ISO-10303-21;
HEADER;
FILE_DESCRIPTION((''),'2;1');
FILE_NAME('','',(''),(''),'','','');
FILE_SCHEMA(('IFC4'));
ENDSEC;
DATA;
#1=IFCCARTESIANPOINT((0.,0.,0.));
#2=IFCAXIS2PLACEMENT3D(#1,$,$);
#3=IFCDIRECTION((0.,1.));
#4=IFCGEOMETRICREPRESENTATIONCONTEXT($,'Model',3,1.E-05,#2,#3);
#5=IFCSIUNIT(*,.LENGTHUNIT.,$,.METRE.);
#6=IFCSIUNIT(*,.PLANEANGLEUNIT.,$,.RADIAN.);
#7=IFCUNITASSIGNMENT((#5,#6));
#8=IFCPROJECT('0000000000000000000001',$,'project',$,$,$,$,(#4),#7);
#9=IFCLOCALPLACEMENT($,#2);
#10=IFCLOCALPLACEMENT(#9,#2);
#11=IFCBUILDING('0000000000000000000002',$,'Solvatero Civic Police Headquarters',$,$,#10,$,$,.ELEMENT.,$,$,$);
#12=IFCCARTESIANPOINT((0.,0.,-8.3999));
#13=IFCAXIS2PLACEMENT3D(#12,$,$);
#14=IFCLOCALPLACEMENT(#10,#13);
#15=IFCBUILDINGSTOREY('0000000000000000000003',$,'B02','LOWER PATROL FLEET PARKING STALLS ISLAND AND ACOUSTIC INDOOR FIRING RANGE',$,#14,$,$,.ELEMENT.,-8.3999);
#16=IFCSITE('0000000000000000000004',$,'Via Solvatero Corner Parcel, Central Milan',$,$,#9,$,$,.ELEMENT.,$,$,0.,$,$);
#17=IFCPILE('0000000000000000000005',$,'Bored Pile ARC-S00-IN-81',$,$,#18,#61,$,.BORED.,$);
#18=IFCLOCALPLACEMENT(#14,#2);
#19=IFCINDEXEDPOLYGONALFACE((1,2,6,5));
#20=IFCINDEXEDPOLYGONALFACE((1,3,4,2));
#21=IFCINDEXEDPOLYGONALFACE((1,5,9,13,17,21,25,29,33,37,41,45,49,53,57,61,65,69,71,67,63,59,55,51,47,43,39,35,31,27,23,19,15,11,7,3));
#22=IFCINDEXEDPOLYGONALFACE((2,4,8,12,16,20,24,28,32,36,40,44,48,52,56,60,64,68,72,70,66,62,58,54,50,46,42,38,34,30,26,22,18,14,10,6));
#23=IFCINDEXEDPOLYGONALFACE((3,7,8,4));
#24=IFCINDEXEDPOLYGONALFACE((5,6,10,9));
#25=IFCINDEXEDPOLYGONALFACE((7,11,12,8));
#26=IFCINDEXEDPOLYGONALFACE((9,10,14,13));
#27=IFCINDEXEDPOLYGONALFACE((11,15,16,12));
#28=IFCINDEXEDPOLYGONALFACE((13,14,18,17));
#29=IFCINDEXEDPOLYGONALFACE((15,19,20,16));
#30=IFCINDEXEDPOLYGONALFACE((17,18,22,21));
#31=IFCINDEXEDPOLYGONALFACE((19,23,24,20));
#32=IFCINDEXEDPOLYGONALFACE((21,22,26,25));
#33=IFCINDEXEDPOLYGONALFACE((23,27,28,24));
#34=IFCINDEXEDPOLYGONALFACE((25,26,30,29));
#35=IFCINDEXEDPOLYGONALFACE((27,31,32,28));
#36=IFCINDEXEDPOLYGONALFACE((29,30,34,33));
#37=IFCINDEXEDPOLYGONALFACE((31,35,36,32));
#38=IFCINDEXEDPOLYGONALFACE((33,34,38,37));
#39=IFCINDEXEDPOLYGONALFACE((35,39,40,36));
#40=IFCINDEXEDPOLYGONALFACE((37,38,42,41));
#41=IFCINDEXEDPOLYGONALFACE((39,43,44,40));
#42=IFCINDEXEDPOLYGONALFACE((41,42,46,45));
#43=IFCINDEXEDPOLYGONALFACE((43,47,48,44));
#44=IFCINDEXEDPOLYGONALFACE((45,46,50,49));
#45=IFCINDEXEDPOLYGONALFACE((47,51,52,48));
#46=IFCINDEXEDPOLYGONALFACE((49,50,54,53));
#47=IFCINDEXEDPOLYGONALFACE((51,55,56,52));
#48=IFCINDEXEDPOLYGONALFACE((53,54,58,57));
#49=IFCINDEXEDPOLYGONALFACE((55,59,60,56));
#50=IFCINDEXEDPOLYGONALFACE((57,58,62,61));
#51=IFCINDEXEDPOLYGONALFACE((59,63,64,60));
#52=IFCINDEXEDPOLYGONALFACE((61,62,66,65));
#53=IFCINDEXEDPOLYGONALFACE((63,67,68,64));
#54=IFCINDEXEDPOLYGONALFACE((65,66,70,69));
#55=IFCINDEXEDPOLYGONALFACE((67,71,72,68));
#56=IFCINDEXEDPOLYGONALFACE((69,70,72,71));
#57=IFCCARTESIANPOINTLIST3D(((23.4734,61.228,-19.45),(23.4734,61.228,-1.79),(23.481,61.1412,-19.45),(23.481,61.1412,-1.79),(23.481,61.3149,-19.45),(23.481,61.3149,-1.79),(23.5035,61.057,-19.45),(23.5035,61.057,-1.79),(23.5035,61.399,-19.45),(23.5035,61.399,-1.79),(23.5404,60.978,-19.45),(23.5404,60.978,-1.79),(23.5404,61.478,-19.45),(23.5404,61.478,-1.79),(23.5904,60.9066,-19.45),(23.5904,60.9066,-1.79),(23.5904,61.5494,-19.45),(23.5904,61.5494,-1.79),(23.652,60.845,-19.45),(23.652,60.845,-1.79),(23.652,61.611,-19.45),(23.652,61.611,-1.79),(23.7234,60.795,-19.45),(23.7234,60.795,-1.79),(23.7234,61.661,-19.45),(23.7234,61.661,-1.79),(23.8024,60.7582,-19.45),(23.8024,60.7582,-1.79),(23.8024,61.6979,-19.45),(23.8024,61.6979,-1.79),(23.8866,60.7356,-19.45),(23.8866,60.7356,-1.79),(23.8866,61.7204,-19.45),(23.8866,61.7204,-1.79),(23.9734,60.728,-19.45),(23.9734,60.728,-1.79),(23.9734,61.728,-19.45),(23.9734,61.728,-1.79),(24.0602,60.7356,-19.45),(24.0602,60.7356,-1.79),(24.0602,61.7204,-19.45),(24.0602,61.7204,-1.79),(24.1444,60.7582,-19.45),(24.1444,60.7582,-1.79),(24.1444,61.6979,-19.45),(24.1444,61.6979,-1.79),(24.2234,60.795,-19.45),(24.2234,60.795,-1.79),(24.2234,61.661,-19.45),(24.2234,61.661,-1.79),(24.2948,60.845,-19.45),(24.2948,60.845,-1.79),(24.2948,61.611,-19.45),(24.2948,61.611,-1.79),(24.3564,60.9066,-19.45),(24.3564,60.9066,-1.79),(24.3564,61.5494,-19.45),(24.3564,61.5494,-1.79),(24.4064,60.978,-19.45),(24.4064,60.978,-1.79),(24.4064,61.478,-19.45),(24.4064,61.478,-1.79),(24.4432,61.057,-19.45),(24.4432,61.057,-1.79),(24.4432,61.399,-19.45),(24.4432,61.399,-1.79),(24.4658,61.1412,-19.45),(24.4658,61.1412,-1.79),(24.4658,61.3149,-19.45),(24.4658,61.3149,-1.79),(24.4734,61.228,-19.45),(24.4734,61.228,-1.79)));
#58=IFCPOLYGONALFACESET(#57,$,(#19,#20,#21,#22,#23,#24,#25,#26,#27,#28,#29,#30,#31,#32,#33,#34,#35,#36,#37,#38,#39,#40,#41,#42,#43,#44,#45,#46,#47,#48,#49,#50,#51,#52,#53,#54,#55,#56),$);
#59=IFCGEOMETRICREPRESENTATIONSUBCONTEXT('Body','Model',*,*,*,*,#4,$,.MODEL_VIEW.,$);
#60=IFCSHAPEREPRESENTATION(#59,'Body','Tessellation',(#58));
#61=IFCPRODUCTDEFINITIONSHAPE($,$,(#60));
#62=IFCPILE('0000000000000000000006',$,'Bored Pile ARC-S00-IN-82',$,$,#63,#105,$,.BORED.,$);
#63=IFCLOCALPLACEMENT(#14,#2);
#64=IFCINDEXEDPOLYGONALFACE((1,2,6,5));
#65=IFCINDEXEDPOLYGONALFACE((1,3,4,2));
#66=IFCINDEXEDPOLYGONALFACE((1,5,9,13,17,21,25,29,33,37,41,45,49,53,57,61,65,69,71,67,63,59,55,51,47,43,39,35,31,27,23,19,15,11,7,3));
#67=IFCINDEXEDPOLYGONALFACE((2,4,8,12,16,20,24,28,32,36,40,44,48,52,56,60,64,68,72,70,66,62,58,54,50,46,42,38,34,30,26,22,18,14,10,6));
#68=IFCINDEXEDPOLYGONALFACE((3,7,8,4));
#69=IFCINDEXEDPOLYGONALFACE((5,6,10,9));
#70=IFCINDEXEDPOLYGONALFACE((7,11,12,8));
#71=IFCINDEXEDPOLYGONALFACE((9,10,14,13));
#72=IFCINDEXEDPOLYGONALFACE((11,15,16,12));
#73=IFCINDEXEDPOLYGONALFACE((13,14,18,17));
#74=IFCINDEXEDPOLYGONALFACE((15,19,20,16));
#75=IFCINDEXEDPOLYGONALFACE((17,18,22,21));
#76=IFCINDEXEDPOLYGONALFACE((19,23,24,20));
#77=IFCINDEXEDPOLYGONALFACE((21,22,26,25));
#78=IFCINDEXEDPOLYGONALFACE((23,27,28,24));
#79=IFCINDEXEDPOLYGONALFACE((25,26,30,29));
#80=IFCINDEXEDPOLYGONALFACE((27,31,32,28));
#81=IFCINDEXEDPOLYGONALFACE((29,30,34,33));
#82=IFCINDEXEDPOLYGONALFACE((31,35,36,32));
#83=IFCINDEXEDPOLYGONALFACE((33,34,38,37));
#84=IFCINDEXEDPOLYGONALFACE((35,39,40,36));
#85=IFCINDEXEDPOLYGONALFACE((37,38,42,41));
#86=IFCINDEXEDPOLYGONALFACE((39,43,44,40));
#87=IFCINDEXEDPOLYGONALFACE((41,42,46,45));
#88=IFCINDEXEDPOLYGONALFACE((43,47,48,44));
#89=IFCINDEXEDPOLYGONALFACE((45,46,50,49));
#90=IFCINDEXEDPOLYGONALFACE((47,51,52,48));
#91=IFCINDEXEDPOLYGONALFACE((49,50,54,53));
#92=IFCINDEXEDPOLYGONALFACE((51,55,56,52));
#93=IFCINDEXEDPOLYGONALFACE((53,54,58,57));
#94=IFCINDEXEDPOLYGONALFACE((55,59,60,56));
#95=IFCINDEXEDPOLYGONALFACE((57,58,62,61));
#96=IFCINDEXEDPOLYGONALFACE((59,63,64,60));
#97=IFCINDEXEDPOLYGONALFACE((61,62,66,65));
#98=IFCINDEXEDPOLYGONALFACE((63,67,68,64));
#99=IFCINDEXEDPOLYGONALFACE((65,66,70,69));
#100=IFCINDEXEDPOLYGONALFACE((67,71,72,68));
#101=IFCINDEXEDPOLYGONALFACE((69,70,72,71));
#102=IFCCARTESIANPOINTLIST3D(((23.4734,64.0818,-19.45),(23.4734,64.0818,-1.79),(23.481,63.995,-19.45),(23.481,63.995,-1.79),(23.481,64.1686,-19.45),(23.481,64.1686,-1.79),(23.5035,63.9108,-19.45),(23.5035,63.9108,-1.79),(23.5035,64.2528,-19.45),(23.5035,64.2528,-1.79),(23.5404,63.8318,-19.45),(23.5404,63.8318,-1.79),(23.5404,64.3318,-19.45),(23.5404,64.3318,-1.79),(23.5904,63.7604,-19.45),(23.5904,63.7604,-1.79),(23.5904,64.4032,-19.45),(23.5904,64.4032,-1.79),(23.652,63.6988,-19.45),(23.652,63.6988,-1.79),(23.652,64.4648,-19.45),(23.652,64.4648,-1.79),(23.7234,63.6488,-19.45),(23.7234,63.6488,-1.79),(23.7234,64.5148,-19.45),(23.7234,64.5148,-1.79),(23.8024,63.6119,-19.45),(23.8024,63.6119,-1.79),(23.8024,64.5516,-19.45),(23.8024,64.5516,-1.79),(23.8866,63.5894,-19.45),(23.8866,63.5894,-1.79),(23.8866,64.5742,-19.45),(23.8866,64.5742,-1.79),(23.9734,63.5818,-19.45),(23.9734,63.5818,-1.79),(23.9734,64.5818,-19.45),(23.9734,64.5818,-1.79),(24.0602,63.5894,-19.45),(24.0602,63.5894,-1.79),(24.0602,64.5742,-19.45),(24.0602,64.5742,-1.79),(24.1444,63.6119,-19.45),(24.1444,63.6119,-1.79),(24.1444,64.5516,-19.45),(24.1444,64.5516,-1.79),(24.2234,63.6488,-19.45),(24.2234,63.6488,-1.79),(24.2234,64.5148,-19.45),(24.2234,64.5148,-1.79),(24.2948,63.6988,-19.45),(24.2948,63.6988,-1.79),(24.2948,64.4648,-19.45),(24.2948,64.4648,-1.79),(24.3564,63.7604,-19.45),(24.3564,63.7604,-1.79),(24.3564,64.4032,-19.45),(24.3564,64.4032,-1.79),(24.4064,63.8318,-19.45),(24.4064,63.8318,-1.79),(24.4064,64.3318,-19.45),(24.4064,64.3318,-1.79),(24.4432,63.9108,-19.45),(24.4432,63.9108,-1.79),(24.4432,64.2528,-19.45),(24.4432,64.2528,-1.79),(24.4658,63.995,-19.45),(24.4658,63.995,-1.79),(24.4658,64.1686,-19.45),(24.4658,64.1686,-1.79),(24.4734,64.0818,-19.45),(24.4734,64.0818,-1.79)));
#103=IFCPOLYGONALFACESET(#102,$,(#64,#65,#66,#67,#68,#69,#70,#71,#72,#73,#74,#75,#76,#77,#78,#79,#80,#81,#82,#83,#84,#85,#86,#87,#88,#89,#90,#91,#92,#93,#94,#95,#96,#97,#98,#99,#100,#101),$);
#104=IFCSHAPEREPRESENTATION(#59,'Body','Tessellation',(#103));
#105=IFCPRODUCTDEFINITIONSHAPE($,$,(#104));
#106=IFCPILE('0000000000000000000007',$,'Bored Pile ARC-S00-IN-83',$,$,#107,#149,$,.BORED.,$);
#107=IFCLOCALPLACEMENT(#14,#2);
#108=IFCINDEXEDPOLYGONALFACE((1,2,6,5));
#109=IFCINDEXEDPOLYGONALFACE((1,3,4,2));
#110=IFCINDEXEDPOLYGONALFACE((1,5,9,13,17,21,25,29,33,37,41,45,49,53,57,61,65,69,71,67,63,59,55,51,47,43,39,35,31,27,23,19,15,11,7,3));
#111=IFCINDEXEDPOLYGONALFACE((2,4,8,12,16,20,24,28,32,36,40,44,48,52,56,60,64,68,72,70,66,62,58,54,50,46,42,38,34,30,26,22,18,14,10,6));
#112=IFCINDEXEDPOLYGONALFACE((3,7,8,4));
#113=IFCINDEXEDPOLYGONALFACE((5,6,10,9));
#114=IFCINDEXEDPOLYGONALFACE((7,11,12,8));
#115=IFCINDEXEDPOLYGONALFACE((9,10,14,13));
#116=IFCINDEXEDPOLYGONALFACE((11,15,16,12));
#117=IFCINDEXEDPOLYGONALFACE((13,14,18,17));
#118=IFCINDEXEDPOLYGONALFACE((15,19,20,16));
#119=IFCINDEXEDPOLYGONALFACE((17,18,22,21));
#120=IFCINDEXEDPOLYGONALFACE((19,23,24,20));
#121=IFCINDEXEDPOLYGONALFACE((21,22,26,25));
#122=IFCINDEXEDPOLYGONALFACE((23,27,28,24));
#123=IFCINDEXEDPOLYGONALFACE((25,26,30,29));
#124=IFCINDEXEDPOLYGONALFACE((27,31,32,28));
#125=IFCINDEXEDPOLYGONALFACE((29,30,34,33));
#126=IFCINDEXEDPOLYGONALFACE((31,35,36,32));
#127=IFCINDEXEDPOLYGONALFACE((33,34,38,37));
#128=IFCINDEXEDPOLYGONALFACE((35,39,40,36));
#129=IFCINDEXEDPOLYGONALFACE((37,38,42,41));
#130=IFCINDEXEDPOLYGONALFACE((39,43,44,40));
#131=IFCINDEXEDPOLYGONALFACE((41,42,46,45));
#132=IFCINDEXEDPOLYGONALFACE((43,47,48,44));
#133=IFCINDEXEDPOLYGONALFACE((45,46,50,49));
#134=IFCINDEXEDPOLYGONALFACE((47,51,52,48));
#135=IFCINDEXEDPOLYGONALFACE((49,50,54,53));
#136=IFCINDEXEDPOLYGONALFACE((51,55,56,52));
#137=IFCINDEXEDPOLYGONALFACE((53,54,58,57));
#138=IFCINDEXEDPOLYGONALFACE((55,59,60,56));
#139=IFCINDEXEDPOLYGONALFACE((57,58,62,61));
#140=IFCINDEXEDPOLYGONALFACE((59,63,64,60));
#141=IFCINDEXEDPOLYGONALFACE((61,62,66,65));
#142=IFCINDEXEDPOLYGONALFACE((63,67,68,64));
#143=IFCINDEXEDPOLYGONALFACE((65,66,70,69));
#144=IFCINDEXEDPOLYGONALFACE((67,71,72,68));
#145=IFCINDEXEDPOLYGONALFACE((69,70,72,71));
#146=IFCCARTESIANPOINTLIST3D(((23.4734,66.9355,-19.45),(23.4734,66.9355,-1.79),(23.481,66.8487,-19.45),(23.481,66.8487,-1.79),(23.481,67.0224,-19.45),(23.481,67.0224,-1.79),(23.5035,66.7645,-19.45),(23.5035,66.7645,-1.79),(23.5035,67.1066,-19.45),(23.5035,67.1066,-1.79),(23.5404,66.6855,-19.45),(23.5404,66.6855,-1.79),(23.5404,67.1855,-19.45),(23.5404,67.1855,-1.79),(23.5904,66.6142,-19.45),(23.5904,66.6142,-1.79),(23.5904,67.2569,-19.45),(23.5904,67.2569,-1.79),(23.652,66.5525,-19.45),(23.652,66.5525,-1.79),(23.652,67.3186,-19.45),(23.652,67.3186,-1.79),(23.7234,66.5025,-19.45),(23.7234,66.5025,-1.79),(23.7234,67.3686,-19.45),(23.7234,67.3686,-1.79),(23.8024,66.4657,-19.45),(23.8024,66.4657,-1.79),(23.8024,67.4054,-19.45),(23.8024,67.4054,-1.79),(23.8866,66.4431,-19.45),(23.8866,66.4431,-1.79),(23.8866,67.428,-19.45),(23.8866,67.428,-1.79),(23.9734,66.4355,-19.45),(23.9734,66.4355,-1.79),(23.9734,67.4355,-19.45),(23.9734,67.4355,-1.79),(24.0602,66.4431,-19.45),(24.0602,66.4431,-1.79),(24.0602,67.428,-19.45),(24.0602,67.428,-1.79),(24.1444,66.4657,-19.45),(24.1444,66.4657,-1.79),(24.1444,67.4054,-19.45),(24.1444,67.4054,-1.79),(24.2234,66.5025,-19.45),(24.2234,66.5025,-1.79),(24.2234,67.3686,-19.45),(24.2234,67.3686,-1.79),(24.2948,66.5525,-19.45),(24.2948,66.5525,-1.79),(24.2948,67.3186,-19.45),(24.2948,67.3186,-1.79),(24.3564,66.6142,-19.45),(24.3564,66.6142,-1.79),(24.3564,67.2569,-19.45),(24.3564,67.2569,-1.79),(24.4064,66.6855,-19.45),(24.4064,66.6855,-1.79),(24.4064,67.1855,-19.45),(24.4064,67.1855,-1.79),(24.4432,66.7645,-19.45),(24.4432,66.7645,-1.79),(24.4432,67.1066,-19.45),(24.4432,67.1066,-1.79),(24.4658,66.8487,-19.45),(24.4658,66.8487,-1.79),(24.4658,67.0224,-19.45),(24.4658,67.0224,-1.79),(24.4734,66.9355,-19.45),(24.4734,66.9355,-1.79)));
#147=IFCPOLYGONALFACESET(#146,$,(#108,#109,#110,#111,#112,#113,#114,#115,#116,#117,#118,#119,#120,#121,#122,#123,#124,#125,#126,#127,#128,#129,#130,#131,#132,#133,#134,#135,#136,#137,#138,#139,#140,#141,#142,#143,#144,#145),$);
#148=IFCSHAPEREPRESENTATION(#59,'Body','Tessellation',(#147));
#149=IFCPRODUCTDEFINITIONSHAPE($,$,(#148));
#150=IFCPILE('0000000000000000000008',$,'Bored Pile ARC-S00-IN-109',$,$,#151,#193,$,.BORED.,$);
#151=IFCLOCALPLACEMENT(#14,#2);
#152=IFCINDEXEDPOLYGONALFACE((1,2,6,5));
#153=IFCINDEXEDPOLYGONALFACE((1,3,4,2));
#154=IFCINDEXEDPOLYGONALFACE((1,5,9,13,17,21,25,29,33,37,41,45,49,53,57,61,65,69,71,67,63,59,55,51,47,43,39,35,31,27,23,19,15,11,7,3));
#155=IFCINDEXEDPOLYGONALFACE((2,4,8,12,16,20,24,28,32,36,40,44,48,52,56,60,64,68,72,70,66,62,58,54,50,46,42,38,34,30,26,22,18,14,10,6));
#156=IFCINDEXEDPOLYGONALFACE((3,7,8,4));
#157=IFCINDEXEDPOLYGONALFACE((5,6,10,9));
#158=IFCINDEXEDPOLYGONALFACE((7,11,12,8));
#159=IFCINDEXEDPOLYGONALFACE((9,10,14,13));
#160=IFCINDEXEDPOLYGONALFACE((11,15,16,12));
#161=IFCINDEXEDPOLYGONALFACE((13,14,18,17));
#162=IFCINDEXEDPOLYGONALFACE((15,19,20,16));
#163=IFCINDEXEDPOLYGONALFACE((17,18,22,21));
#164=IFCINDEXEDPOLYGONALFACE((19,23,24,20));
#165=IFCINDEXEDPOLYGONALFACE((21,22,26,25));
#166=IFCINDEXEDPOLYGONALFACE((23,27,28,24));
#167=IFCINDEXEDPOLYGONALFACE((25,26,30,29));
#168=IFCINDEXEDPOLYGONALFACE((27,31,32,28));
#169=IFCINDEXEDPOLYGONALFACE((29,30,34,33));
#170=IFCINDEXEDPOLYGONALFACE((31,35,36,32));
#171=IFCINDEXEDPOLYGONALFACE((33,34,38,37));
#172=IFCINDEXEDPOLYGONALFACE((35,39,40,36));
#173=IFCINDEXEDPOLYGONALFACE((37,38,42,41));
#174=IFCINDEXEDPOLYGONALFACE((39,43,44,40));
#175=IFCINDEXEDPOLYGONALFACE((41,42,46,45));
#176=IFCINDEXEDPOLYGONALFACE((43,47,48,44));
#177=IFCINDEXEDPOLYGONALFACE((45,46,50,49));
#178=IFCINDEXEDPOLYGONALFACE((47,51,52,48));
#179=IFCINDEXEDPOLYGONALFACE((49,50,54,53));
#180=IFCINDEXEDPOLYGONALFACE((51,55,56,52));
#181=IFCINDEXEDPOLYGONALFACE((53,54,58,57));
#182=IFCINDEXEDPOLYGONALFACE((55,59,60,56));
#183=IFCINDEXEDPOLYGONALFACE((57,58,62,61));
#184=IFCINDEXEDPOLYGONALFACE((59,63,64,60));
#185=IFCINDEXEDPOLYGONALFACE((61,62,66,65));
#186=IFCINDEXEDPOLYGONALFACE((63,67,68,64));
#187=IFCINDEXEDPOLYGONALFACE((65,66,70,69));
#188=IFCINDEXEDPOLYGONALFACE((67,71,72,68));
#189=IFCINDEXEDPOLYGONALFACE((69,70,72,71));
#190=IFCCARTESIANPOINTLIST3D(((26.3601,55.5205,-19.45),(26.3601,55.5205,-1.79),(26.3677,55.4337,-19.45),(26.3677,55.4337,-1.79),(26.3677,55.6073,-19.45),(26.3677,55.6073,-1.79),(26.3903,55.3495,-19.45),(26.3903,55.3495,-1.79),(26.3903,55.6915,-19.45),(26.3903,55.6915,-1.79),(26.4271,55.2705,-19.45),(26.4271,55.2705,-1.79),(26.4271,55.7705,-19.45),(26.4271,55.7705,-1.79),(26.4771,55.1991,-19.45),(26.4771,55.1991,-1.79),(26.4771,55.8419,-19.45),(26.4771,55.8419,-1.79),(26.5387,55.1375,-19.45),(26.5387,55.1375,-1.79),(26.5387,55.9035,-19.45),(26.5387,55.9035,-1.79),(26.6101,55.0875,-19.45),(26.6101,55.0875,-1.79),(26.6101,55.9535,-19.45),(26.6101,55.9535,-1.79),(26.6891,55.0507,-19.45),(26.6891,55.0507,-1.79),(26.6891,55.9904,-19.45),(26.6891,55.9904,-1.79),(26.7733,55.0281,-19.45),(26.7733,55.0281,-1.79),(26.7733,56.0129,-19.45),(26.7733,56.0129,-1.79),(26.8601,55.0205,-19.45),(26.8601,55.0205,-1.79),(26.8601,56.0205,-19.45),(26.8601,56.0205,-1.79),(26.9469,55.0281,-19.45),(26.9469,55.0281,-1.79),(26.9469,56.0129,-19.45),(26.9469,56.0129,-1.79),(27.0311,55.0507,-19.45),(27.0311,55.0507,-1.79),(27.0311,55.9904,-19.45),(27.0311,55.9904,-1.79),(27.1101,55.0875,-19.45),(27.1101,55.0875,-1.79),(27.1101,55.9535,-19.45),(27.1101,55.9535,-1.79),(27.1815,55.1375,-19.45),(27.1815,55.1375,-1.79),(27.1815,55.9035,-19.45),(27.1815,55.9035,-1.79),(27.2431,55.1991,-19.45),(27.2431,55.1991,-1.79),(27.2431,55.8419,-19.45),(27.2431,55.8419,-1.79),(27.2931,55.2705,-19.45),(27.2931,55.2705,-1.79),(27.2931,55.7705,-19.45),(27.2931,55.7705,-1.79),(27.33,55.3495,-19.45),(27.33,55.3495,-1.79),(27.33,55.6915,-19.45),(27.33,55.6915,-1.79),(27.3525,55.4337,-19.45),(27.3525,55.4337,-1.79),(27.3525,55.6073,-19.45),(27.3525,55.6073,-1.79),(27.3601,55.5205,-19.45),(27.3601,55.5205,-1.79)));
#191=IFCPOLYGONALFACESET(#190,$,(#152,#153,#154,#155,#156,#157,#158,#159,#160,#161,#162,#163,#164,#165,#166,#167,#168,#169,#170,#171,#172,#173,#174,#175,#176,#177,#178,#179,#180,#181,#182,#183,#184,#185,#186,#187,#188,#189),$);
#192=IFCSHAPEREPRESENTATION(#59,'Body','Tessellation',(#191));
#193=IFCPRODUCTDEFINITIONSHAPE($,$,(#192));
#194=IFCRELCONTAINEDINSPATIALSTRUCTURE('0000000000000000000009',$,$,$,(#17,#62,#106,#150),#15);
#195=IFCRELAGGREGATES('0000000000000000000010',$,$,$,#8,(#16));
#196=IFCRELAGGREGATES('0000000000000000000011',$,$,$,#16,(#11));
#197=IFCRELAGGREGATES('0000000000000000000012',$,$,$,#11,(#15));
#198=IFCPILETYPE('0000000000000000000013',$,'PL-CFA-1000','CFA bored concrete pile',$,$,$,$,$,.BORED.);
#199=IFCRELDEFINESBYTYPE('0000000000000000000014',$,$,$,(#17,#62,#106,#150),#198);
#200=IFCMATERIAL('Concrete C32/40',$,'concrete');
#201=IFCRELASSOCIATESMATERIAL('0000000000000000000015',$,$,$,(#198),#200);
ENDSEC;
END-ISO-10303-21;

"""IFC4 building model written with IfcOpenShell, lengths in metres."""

from ifc_helpers import new_model, si_unit, direction, frame, origin, origin_2d, place, context, subcontext, project, spatial, circle, extrude, material, material_profile, profile_set, type_object, element, save


model = new_model("IFC4")

# Units and contexts
model_context = context("Model", 3, precision=1e-05, world=origin(), true_north=direction((0.0, 1.0)))
body_context = subcontext(model_context, "Body", "Model", "MODEL_VIEW")
ifc_project = project(units=[si_unit("LENGTHUNIT", "METRE"), si_unit("PLANEANGLEUNIT", "RADIAN")], contexts=[model_context])

# Site, building, storey
site_placement = place(None, origin())
site = spatial("IfcSite", under=ifc_project, at=site_placement, Name="Via Solvatero Corner Parcel, Central Milan", CompositionType="ELEMENT", RefElevation=0.0)
building_placement = place(site_placement, origin())
building = spatial("IfcBuilding", under=site, at=building_placement, Name="Solvatero Civic Police Headquarters", CompositionType="ELEMENT")
storey_placement = place(building_placement, frame((0.0, 0.0, -8.3999)))
storey = spatial("IfcBuildingStorey", under=building, at=storey_placement, Name="B02", Description="LOWER PATROL FLEET PARKING STALLS ISLAND AND ACOUSTIC INDOOR FIRING RANGE", CompositionType="ELEMENT", Elevation=-8.3999)

# Piles
ifc_material_1 = material(Name="Concrete C32/40", Category="concrete")
ifc_material_profile_1 = material_profile(ifc_material_1, circle(Radius=0.5, at=origin_2d()), Name="CFA PILE D1000")
ifc_profile_set_1 = profile_set([ifc_material_profile_1], Name="Concrete C32/40")
pile_type = type_object("IfcPileType", Name="PL-CFA-1000", Description="CFA bored concrete pile", PredefinedType="BORED", material=ifc_profile_set_1)
for number, where, z_axis, x_axis, name in (
    (1, (23.9734, 61.228, -1.79), (0.0, 0.0, -1.0), (1.0, 0.0, 0.0), "Bored Pile ARC-S00-IN-81"),
    (2, (23.9734, 64.0818, -1.79), (0.0, 0.0, -1.0), (1.0, 0.0, 0.0), "Bored Pile ARC-S00-IN-82"),
    (3, (23.9734, 66.9355, -1.79), (0.0, 0.0, -1.0), (1.0, 0.0, 0.0), "Bored Pile ARC-S00-IN-83"),
    (4, (26.8601, 55.5205, -1.79), (0.0, 0.0, -1.0), (1.0, 0.0, 0.0), "Bored Pile ARC-S00-IN-109"),
):
    element("IfcPile", number, at=place(storey_placement, frame(where, z_axis=z_axis, x_axis=x_axis)), inside=storey, type_object=pile_type, Name=name, PredefinedType="BORED", context=body_context, shape_type="SweptSolid", body=[
        extrude(circle(Radius=0.5, at=origin_2d()), origin(), (0.0, 0.0, 1.0), 17.6599),
    ])

save(model, "model.ifc")
